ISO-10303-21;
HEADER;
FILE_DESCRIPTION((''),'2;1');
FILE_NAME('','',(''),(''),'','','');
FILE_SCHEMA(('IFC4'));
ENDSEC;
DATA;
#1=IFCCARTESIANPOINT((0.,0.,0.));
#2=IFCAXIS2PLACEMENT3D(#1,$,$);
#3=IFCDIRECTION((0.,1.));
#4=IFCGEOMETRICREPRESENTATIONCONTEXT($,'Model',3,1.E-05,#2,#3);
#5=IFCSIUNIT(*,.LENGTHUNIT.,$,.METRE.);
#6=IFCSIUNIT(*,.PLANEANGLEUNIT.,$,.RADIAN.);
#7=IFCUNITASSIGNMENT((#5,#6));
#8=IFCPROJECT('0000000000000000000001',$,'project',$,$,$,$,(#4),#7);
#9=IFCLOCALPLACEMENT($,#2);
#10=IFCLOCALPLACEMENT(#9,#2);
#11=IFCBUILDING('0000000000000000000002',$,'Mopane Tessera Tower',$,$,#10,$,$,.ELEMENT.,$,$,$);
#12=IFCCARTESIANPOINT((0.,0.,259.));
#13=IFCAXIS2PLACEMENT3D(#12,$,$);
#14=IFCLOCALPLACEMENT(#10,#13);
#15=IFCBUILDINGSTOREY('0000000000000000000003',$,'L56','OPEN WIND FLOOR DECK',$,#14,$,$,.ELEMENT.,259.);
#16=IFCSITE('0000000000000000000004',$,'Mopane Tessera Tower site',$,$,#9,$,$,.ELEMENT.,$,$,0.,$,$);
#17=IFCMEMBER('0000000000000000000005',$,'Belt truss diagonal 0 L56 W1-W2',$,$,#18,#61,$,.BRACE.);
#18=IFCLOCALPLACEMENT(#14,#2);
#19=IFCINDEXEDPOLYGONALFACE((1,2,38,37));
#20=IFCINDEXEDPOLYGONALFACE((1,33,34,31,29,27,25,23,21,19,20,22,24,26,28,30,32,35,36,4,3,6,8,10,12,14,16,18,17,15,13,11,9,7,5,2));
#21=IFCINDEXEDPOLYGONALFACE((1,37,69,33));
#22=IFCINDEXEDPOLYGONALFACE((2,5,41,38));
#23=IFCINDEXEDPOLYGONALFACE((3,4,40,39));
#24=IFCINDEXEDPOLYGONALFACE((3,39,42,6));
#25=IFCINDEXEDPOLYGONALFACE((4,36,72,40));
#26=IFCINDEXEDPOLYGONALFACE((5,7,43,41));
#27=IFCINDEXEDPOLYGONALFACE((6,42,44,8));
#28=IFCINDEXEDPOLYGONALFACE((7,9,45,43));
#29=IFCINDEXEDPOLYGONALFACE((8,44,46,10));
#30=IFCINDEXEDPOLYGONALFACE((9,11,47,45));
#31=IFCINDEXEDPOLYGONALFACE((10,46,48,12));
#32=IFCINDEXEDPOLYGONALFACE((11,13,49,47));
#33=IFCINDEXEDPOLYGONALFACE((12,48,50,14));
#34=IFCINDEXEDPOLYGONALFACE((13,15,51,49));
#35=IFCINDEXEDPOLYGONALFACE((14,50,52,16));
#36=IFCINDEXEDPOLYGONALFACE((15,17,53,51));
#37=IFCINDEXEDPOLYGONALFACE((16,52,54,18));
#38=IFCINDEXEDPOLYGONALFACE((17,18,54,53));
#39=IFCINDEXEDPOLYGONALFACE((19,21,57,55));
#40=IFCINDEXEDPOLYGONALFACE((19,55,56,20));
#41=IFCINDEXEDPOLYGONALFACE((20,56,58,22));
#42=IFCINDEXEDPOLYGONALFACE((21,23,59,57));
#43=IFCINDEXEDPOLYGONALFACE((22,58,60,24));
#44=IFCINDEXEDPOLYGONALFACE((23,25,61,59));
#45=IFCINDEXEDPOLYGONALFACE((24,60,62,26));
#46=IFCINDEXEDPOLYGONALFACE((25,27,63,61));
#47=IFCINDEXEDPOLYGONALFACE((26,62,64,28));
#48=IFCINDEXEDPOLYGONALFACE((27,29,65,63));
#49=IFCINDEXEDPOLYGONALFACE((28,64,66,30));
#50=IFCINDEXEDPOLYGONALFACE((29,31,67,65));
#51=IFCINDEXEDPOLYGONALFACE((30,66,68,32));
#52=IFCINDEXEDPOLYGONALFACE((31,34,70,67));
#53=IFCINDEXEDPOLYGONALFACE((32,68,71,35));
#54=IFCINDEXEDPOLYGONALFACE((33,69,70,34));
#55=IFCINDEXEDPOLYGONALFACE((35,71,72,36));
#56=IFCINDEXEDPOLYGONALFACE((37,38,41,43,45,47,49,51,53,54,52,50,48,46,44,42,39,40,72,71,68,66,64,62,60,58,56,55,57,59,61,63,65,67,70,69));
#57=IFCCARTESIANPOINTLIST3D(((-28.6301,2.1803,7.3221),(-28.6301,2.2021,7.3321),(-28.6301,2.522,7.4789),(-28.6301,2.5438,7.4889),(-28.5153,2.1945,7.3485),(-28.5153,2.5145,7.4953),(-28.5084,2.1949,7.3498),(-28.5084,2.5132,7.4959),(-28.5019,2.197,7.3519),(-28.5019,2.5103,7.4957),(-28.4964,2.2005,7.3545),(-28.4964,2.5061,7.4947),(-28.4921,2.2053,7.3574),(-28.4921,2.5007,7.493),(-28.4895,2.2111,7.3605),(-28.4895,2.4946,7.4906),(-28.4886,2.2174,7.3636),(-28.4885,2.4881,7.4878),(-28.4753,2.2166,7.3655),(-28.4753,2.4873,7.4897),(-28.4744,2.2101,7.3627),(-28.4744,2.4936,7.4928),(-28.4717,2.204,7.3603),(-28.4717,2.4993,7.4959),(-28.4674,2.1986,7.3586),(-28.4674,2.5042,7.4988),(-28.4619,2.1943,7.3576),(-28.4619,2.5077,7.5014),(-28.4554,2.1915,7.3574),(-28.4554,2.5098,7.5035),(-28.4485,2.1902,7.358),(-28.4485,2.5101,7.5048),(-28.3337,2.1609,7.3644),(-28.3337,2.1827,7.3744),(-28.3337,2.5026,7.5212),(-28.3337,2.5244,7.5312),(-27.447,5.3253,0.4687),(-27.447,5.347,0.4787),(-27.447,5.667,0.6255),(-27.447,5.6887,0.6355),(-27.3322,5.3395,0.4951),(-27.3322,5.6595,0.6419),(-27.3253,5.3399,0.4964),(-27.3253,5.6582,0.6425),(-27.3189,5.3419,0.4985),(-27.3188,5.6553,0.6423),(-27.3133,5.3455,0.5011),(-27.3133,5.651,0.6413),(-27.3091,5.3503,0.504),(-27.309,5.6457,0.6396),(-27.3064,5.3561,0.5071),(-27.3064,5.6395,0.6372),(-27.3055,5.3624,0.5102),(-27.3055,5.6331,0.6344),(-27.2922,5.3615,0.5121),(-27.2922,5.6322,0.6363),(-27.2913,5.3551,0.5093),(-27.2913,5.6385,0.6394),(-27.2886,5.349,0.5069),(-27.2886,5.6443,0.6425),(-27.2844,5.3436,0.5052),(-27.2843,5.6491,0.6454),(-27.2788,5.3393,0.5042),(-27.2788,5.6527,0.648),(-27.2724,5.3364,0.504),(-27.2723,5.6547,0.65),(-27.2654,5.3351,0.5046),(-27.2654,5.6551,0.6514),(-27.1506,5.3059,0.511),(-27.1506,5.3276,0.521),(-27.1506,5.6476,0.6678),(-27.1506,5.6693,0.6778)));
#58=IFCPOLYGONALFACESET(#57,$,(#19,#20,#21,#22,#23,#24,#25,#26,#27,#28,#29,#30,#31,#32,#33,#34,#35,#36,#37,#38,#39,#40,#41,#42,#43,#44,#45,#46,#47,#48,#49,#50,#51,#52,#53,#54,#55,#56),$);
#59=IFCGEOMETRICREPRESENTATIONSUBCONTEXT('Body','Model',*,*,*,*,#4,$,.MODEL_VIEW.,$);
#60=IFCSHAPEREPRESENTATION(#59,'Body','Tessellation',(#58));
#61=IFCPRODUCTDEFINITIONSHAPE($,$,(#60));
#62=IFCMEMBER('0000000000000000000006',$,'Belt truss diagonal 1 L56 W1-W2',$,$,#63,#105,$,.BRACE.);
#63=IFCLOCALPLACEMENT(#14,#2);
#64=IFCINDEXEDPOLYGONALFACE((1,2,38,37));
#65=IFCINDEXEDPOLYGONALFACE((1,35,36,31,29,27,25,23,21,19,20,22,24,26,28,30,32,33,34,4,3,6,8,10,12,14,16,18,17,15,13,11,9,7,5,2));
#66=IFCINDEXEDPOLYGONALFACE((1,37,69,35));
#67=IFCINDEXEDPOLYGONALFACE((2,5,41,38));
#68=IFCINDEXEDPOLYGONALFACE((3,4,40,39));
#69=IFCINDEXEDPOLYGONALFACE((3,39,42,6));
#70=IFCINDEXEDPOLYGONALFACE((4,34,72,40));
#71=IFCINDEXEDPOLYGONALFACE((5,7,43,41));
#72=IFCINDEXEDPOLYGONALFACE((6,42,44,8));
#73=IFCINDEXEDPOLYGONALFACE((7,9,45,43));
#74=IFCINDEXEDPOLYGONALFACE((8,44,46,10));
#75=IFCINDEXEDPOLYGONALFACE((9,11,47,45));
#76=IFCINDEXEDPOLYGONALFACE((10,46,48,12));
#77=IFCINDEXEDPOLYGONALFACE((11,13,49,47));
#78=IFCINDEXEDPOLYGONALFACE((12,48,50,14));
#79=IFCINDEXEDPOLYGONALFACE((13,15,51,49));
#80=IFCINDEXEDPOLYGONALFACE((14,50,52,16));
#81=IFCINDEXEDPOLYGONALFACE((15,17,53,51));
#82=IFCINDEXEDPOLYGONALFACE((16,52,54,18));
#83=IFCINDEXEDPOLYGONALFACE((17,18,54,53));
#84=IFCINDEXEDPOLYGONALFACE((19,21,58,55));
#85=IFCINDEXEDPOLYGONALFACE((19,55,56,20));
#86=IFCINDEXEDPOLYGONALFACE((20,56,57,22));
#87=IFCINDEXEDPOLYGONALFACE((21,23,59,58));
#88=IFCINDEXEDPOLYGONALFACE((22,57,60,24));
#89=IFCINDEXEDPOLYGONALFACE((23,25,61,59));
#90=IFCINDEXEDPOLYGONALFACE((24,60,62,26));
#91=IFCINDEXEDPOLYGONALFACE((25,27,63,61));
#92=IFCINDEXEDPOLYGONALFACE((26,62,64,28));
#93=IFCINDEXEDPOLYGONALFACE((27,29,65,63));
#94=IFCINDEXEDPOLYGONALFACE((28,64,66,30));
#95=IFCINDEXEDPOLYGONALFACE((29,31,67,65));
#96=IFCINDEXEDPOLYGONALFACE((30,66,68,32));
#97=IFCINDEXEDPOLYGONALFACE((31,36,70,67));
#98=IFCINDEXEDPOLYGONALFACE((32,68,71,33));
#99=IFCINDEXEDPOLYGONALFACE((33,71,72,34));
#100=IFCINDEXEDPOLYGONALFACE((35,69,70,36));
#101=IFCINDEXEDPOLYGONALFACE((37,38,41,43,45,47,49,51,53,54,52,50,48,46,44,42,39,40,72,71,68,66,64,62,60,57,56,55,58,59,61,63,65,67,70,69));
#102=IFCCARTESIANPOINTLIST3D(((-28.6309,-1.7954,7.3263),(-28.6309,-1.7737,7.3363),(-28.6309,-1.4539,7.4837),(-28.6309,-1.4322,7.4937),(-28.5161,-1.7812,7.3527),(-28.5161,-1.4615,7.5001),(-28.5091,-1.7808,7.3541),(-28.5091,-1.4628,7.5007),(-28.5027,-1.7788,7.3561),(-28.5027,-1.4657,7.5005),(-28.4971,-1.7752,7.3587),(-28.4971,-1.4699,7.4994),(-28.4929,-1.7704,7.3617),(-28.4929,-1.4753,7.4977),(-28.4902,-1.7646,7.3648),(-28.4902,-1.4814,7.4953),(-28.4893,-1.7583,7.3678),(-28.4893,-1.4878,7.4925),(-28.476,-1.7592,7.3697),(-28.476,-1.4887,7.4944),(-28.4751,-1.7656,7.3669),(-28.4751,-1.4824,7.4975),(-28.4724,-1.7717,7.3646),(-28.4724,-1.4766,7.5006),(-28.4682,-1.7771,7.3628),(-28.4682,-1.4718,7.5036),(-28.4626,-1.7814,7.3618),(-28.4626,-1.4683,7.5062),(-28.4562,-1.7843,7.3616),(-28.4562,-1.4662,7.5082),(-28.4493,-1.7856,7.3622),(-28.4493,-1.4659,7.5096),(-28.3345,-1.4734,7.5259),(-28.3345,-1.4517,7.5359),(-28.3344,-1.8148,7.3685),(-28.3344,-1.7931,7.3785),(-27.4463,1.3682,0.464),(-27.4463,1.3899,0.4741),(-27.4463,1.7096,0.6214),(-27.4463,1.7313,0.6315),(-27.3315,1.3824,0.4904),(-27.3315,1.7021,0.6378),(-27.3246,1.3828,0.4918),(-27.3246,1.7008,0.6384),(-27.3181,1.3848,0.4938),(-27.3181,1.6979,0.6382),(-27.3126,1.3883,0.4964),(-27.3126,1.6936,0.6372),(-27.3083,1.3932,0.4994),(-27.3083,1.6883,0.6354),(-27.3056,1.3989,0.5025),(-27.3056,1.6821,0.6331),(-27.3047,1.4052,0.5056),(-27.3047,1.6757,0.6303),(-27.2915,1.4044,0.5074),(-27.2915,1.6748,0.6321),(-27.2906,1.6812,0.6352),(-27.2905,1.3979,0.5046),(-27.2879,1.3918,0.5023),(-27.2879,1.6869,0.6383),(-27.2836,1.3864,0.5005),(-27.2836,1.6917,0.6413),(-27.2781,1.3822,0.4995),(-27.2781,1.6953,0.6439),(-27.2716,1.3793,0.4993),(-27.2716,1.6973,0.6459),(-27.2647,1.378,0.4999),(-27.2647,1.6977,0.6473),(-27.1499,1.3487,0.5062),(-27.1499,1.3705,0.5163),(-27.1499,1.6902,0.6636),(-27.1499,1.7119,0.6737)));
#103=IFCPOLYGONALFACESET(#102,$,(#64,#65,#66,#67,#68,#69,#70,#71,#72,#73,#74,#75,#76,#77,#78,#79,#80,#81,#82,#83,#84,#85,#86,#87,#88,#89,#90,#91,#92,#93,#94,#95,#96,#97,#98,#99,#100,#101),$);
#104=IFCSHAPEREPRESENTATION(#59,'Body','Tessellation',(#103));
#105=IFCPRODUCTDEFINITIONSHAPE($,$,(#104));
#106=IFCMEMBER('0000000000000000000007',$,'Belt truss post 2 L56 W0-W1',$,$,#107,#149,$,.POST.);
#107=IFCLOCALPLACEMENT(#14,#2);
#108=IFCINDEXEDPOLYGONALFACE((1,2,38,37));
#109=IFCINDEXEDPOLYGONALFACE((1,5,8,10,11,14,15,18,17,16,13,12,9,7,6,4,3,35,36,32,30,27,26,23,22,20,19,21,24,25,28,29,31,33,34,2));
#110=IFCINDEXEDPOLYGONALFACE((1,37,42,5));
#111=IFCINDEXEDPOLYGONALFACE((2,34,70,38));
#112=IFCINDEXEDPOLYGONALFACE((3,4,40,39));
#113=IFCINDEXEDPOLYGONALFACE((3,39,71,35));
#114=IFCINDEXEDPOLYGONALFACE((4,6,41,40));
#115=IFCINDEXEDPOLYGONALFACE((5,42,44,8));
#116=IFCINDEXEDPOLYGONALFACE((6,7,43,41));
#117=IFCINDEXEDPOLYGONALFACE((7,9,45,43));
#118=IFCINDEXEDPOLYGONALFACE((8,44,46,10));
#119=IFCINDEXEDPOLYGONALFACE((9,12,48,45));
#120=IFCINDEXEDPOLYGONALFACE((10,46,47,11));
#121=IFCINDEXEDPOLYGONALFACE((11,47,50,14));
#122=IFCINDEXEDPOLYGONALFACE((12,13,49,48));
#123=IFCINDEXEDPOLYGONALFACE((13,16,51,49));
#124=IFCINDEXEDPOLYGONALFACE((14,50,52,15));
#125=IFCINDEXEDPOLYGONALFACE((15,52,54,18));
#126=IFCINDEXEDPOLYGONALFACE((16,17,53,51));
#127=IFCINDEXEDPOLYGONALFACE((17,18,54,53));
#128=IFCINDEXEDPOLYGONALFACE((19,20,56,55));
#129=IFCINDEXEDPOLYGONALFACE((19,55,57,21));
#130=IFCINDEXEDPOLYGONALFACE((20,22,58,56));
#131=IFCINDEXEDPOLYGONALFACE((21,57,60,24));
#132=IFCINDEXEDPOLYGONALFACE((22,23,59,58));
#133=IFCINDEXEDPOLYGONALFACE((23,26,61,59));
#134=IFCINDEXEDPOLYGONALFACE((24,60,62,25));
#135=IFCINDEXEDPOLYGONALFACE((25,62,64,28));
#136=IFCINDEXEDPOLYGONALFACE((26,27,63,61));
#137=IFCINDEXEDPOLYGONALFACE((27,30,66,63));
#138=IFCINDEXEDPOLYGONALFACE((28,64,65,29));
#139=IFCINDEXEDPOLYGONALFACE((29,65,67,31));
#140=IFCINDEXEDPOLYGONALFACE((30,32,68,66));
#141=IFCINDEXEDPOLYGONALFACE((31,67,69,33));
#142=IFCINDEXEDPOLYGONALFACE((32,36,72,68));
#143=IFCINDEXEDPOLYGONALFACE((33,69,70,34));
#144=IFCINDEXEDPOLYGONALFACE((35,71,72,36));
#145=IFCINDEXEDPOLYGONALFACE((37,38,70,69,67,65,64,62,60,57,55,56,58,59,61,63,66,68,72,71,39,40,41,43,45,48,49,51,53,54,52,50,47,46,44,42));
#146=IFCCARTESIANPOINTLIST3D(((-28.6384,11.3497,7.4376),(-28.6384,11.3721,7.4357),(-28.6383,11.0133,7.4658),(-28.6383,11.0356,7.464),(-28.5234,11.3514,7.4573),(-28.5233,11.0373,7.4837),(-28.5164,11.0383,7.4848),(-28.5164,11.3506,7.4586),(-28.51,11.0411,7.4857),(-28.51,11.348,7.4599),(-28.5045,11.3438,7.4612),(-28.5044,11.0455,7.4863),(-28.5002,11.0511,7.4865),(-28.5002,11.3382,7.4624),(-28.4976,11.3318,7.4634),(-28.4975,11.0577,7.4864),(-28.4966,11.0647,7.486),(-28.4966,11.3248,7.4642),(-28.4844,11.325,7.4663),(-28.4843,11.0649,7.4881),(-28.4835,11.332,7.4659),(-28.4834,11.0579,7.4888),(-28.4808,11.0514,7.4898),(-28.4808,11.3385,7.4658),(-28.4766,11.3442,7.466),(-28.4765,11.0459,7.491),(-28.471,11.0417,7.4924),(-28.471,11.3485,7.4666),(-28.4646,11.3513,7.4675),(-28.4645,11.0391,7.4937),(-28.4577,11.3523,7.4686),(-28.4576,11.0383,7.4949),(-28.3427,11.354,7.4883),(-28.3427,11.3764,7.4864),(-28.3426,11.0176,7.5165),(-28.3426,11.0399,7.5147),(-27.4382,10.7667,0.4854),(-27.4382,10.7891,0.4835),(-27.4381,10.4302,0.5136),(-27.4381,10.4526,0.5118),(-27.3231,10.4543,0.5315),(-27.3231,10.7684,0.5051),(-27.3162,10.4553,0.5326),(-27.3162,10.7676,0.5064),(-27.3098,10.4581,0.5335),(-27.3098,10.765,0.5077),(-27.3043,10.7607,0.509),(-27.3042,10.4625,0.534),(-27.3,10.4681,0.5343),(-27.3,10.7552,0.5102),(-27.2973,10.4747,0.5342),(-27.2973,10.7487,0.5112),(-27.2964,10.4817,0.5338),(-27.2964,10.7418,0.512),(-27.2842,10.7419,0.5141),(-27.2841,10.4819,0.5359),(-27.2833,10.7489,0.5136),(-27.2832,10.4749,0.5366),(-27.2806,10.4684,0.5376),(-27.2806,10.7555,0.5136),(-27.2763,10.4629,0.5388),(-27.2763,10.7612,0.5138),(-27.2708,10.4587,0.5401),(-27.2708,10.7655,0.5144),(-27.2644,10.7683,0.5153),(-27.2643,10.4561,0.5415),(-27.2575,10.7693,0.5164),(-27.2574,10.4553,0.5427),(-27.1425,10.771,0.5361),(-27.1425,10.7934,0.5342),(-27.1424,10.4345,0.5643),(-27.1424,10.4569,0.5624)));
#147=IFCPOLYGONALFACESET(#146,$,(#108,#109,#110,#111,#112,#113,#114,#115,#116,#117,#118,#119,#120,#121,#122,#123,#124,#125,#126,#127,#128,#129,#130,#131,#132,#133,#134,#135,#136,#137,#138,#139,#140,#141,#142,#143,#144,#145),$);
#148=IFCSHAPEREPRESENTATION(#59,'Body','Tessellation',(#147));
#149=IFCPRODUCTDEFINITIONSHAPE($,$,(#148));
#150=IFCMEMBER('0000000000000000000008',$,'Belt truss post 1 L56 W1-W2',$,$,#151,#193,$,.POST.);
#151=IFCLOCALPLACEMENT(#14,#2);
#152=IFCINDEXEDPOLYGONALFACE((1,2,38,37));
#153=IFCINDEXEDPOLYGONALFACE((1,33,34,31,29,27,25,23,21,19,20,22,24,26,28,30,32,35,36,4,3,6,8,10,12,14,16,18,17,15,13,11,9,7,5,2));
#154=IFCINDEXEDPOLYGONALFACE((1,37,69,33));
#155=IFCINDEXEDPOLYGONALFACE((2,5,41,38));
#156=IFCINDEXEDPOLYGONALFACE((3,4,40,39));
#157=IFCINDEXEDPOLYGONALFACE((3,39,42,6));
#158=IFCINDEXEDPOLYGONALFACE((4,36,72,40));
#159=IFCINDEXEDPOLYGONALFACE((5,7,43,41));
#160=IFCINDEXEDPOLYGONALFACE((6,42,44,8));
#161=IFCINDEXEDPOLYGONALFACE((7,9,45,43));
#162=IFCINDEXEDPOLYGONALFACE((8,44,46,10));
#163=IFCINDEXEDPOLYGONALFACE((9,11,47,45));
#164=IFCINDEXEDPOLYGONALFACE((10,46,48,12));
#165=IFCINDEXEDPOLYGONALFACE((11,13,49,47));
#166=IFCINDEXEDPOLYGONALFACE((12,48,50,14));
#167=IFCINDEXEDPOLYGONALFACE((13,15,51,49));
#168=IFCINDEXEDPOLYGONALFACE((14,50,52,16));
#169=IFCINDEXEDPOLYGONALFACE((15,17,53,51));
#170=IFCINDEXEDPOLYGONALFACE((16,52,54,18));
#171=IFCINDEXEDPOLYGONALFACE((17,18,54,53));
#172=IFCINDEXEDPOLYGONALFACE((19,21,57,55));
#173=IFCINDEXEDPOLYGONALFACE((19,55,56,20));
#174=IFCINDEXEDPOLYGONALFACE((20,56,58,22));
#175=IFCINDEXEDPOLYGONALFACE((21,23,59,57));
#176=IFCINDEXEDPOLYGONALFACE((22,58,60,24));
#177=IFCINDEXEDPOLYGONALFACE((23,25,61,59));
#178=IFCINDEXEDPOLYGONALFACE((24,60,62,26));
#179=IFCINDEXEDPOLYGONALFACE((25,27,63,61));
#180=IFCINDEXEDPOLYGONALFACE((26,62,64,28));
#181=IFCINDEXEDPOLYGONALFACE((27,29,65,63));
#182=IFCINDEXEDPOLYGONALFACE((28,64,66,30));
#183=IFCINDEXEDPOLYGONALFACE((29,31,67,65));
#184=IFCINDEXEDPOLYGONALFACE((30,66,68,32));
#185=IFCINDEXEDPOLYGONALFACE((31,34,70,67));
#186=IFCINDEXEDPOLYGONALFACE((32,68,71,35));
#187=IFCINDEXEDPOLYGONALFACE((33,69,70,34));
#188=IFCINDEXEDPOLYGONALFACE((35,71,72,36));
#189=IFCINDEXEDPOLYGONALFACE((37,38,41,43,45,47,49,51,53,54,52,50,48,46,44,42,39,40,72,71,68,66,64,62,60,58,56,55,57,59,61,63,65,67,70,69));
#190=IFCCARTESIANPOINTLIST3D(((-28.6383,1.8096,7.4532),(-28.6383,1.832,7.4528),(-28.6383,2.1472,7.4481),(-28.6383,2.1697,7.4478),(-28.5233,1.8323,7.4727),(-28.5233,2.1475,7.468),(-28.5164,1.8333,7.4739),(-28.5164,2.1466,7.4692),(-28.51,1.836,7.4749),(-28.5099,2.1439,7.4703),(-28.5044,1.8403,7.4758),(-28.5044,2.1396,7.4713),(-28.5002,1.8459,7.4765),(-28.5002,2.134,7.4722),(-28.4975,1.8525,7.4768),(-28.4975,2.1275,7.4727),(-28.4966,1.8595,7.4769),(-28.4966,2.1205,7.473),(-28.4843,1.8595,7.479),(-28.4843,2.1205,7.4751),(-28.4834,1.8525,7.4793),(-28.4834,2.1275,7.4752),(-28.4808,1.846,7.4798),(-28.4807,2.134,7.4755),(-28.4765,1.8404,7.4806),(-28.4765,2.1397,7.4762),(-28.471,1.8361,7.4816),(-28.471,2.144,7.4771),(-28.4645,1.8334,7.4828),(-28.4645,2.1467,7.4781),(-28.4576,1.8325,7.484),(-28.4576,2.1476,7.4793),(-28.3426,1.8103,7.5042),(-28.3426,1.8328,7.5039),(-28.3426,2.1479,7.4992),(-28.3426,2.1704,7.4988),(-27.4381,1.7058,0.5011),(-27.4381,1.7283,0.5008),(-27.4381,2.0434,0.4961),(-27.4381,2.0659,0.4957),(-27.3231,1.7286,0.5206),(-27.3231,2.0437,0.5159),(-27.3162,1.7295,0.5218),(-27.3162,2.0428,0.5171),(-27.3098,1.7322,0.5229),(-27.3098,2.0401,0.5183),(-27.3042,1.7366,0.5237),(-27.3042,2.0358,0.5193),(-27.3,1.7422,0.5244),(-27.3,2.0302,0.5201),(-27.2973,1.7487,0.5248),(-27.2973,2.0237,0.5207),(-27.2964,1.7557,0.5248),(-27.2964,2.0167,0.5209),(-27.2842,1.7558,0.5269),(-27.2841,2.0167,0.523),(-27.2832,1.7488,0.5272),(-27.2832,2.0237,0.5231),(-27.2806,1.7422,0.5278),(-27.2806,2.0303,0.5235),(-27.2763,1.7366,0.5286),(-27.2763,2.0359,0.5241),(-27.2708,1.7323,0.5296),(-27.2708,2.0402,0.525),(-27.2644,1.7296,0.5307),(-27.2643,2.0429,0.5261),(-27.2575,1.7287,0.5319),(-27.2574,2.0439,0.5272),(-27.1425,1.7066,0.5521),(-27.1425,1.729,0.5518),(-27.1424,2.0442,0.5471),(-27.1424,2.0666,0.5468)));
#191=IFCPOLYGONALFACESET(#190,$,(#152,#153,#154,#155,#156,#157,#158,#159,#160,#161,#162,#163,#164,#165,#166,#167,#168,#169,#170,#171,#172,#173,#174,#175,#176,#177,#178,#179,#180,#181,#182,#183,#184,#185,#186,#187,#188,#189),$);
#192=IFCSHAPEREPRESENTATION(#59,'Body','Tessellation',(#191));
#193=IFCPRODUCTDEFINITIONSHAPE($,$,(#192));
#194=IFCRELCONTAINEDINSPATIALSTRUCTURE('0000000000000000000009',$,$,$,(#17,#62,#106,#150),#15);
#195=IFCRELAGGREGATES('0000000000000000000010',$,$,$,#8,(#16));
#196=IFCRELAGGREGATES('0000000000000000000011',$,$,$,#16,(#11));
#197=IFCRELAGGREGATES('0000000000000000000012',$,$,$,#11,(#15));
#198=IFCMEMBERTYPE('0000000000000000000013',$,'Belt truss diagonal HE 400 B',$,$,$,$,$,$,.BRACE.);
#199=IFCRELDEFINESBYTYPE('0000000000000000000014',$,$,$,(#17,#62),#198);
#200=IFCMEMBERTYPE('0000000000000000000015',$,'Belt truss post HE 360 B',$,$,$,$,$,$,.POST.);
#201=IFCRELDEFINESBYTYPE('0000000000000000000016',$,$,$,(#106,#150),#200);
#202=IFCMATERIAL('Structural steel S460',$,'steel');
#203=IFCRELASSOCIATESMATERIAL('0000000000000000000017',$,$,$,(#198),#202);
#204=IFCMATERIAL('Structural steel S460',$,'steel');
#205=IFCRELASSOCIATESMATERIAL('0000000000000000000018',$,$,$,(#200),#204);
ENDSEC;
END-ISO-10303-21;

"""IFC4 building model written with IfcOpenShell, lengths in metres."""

from ifc_helpers import new_model, si_unit, direction, frame, origin, origin_2d, place, context, subcontext, project, spatial, i_section, extrude, material, material_profile, profile_set, type_object, element, save


model = new_model("IFC4")

# Units and contexts
model_context = context("Model", 3, precision=1e-05, world=origin(), true_north=direction((0.0, 1.0)))
body_context = subcontext(model_context, "Body", "Model", "MODEL_VIEW")
ifc_project = project(units=[si_unit("LENGTHUNIT", "METRE"), si_unit("PLANEANGLEUNIT", "RADIAN")], contexts=[model_context])

# Site, building, storey
site_placement = place(None, origin())
site = spatial("IfcSite", under=ifc_project, at=site_placement, Name="Mopane Tessera Tower site", CompositionType="ELEMENT", RefElevation=0.0)
building_placement = place(site_placement, origin())
building = spatial("IfcBuilding", under=site, at=building_placement, Name="Mopane Tessera Tower", CompositionType="ELEMENT")
storey_placement = place(building_placement, frame((0.0, 0.0, 259.0)))
storey = spatial("IfcBuildingStorey", under=building, at=storey_placement, Name="L56", Description="OPEN WIND FLOOR DECK", CompositionType="ELEMENT", Elevation=259.0)

# Members
ifc_material_1 = material(Name="Structural steel S460", Category="steel")
ifc_material_profile_1 = material_profile(ifc_material_1, i_section(OverallWidth=0.3, OverallDepth=0.3999, WebThickness=0.0134, FlangeThickness=0.0239, FilletRadius=0.0271, at=origin_2d()))
ifc_profile_set_1 = profile_set([ifc_material_profile_1], Name="Structural steel S460")
member_type_1 = type_object("IfcMemberType", Name="Belt truss diagonal HE 400 B", PredefinedType="BRACE", material=ifc_profile_set_1)
member_1_placement = place(storey_placement, frame((-27.2988, 5.4973, 0.5732), z_axis=(-0.155, -0.412033, 0.897888), x_axis=(0.987914, -0.064682, 0.140859)))
element("IfcMember", 1, at=member_1_placement, inside=storey, type_object=member_type_1, Name="Belt truss diagonal 0 L56 W1-W2", PredefinedType="BRACE", context=body_context, shape_type="SweptSolid", body=[
    extrude(i_section(OverallWidth=0.3, OverallDepth=0.3999, WebThickness=0.0134, FlangeThickness=0.0239, FilletRadius=0.0271, at=origin_2d()), origin(), (0.0, 0.0, 1.0), 7.6328),
])
member_2_placement = place(storey_placement, frame((-27.2981, 1.54, 0.5688), z_axis=(-0.154872, -0.413609, 0.897186), x_axis=(0.987935, -0.064825, 0.140652)))
element("IfcMember", 2, at=member_2_placement, inside=storey, type_object=member_type_1, Name="Belt truss diagonal 1 L56 W1-W2", PredefinedType="BRACE", context=body_context, shape_type="SweptSolid", body=[
    extrude(i_section(OverallWidth=0.3, OverallDepth=0.3999, WebThickness=0.0134, FlangeThickness=0.0239, FilletRadius=0.0271, at=origin_2d()), origin(), (0.0, 0.0, 1.0), 7.6487),
])
ifc_material_2 = material(Name="Structural steel S460", Category="steel")
ifc_material_profile_2 = material_profile(ifc_material_2, i_section(OverallWidth=0.3, OverallDepth=0.3601, WebThickness=0.0125, FlangeThickness=0.0225, FilletRadius=0.0271, at=origin_2d()))
ifc_profile_set_2 = profile_set([ifc_material_profile_2], Name="Structural steel S460")
member_type_2 = type_object("IfcMemberType", Name="Belt truss post HE 360 B", PredefinedType="POST", material=ifc_profile_set_2)
member_3_placement = place(storey_placement, frame((-27.2903, 10.6118, 0.5239), z_axis=(-0.169542, 0.082357, 0.982076), x_axis=(0.985523, 0.014304, 0.168938)))
element("IfcMember", 3, at=member_3_placement, inside=storey, type_object=member_type_2, Name="Belt truss post 2 L56 W0-W1", PredefinedType="POST", context=body_context, shape_type="SweptSolid", body=[
    extrude(i_section(OverallWidth=0.3, OverallDepth=0.3601, WebThickness=0.0125, FlangeThickness=0.0225, FilletRadius=0.0271, at=origin_2d()), origin(), (0.0, 0.0, 1.0), 7.0791),
])
member_4_placement = place(storey_placement, frame((-27.2903, 1.8862, 0.5239), z_axis=(-0.170102, 0.014706, 0.985317), x_axis=(0.985427, 0.002474, 0.170084)))
element("IfcMember", 4, at=member_4_placement, inside=storey, type_object=member_type_2, Name="Belt truss post 1 L56 W1-W2", PredefinedType="POST", context=body_context, shape_type="SweptSolid", body=[
    extrude(i_section(OverallWidth=0.3, OverallDepth=0.3601, WebThickness=0.0125, FlangeThickness=0.0225, FilletRadius=0.0271, at=origin_2d()), origin(), (0.0, 0.0, 1.0), 7.0557),
])

save(model, "model.ifc")
